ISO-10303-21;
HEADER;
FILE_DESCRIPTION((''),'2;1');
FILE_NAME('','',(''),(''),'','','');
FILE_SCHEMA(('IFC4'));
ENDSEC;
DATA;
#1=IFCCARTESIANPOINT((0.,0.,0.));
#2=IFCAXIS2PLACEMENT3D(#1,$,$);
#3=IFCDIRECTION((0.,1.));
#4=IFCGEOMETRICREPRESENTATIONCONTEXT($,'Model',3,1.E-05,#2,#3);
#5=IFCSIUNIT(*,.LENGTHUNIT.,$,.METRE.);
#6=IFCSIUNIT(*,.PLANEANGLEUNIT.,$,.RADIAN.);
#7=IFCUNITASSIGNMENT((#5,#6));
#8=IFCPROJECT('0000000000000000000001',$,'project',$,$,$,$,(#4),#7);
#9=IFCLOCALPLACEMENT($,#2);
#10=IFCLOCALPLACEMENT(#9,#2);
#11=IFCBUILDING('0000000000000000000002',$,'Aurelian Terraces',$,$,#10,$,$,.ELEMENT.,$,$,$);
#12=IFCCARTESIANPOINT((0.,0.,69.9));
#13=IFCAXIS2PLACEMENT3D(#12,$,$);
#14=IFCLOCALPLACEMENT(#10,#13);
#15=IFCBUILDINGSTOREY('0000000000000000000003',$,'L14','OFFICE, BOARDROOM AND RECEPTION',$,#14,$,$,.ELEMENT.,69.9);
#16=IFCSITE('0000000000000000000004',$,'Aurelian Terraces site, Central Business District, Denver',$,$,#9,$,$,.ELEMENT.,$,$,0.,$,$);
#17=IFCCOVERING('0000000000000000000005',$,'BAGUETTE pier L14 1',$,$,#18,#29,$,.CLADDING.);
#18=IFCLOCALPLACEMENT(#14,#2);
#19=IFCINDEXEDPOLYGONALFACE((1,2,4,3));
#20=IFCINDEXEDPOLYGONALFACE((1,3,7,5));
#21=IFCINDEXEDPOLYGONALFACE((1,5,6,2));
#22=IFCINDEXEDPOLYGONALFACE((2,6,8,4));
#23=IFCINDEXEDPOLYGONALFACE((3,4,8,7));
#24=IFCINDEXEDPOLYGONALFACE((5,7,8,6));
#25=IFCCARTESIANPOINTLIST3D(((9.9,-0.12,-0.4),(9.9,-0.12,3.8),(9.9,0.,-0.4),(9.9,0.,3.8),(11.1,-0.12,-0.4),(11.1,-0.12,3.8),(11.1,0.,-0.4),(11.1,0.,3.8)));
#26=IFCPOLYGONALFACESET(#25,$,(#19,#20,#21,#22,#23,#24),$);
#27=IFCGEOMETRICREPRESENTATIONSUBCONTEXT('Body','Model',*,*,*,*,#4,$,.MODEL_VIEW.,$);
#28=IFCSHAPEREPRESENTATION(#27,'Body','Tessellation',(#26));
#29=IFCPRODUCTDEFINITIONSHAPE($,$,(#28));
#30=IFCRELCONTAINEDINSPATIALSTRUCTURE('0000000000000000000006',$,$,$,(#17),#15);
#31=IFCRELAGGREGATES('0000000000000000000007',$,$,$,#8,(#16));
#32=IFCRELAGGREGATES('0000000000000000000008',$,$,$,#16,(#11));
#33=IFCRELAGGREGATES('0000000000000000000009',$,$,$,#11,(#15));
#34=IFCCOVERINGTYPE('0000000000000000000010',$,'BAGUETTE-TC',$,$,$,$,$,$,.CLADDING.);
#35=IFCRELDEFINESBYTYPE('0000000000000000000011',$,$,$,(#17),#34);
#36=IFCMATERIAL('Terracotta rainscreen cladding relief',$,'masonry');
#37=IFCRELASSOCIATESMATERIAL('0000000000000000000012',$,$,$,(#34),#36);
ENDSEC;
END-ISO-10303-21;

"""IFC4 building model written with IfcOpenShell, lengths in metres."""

from ifc_helpers import new_model, si_unit, direction, frame, origin, origin_2d, place, context, subcontext, project, spatial, rectangle, extrude, source, transform, mapped, material, type_object, element, save


model = new_model("IFC4")

# Units and contexts
model_context = context("Model", 3, precision=1e-05, world=origin(), true_north=direction((0.0, 1.0)))
body_context = subcontext(model_context, "Body", "Model", "MODEL_VIEW")
ifc_project = project(units=[si_unit("LENGTHUNIT", "METRE"), si_unit("PLANEANGLEUNIT", "RADIAN")], contexts=[model_context])

# Site, building, storey
site_placement = place(None, origin())
site = spatial("IfcSite", under=ifc_project, at=site_placement, Name="Aurelian Terraces site, Central Business District, Denver", CompositionType="ELEMENT", RefElevation=0.0)
building_placement = place(site_placement, origin())
building = spatial("IfcBuilding", under=site, at=building_placement, Name="Aurelian Terraces", CompositionType="ELEMENT")
storey_placement = place(building_placement, frame((0.0, 0.0, 69.9)))
storey = spatial("IfcBuildingStorey", under=building, at=storey_placement, Name="L14", Description="OFFICE, BOARDROOM AND RECEPTION", CompositionType="ELEMENT", Elevation=69.9)

# Covering
ifc_material_1 = material(Name="Terracotta rainscreen cladding relief", Category="masonry")
covering_type = type_object("IfcCoveringType", Name="BAGUETTE-TC", PredefinedType="CLADDING", material=ifc_material_1)
shared_shape_1 = source(origin(), body_context, "Body", "SweptSolid", [
    extrude(rectangle(XDim=1.2, YDim=0.12, at=origin_2d()), origin(), (0.0, 0.0, 1.0), 4.2),
])
covering_placement = place(storey_placement, frame((10.5, -0.06, -0.4), z_axis=(0.0, 0.0, 1.0), x_axis=(1.0, 0.0, 0.0)))
element("IfcCovering", 1, at=covering_placement, inside=storey, type_object=covering_type, Name="BAGUETTE pier L14 1", PredefinedType="CLADDING", context=body_context, shape_type="MappedRepresentation", body=[
    mapped(shared_shape_1, transform((0.0, 0.0, 0.0), scale=1.0)),
])

save(model, "model.ifc")
